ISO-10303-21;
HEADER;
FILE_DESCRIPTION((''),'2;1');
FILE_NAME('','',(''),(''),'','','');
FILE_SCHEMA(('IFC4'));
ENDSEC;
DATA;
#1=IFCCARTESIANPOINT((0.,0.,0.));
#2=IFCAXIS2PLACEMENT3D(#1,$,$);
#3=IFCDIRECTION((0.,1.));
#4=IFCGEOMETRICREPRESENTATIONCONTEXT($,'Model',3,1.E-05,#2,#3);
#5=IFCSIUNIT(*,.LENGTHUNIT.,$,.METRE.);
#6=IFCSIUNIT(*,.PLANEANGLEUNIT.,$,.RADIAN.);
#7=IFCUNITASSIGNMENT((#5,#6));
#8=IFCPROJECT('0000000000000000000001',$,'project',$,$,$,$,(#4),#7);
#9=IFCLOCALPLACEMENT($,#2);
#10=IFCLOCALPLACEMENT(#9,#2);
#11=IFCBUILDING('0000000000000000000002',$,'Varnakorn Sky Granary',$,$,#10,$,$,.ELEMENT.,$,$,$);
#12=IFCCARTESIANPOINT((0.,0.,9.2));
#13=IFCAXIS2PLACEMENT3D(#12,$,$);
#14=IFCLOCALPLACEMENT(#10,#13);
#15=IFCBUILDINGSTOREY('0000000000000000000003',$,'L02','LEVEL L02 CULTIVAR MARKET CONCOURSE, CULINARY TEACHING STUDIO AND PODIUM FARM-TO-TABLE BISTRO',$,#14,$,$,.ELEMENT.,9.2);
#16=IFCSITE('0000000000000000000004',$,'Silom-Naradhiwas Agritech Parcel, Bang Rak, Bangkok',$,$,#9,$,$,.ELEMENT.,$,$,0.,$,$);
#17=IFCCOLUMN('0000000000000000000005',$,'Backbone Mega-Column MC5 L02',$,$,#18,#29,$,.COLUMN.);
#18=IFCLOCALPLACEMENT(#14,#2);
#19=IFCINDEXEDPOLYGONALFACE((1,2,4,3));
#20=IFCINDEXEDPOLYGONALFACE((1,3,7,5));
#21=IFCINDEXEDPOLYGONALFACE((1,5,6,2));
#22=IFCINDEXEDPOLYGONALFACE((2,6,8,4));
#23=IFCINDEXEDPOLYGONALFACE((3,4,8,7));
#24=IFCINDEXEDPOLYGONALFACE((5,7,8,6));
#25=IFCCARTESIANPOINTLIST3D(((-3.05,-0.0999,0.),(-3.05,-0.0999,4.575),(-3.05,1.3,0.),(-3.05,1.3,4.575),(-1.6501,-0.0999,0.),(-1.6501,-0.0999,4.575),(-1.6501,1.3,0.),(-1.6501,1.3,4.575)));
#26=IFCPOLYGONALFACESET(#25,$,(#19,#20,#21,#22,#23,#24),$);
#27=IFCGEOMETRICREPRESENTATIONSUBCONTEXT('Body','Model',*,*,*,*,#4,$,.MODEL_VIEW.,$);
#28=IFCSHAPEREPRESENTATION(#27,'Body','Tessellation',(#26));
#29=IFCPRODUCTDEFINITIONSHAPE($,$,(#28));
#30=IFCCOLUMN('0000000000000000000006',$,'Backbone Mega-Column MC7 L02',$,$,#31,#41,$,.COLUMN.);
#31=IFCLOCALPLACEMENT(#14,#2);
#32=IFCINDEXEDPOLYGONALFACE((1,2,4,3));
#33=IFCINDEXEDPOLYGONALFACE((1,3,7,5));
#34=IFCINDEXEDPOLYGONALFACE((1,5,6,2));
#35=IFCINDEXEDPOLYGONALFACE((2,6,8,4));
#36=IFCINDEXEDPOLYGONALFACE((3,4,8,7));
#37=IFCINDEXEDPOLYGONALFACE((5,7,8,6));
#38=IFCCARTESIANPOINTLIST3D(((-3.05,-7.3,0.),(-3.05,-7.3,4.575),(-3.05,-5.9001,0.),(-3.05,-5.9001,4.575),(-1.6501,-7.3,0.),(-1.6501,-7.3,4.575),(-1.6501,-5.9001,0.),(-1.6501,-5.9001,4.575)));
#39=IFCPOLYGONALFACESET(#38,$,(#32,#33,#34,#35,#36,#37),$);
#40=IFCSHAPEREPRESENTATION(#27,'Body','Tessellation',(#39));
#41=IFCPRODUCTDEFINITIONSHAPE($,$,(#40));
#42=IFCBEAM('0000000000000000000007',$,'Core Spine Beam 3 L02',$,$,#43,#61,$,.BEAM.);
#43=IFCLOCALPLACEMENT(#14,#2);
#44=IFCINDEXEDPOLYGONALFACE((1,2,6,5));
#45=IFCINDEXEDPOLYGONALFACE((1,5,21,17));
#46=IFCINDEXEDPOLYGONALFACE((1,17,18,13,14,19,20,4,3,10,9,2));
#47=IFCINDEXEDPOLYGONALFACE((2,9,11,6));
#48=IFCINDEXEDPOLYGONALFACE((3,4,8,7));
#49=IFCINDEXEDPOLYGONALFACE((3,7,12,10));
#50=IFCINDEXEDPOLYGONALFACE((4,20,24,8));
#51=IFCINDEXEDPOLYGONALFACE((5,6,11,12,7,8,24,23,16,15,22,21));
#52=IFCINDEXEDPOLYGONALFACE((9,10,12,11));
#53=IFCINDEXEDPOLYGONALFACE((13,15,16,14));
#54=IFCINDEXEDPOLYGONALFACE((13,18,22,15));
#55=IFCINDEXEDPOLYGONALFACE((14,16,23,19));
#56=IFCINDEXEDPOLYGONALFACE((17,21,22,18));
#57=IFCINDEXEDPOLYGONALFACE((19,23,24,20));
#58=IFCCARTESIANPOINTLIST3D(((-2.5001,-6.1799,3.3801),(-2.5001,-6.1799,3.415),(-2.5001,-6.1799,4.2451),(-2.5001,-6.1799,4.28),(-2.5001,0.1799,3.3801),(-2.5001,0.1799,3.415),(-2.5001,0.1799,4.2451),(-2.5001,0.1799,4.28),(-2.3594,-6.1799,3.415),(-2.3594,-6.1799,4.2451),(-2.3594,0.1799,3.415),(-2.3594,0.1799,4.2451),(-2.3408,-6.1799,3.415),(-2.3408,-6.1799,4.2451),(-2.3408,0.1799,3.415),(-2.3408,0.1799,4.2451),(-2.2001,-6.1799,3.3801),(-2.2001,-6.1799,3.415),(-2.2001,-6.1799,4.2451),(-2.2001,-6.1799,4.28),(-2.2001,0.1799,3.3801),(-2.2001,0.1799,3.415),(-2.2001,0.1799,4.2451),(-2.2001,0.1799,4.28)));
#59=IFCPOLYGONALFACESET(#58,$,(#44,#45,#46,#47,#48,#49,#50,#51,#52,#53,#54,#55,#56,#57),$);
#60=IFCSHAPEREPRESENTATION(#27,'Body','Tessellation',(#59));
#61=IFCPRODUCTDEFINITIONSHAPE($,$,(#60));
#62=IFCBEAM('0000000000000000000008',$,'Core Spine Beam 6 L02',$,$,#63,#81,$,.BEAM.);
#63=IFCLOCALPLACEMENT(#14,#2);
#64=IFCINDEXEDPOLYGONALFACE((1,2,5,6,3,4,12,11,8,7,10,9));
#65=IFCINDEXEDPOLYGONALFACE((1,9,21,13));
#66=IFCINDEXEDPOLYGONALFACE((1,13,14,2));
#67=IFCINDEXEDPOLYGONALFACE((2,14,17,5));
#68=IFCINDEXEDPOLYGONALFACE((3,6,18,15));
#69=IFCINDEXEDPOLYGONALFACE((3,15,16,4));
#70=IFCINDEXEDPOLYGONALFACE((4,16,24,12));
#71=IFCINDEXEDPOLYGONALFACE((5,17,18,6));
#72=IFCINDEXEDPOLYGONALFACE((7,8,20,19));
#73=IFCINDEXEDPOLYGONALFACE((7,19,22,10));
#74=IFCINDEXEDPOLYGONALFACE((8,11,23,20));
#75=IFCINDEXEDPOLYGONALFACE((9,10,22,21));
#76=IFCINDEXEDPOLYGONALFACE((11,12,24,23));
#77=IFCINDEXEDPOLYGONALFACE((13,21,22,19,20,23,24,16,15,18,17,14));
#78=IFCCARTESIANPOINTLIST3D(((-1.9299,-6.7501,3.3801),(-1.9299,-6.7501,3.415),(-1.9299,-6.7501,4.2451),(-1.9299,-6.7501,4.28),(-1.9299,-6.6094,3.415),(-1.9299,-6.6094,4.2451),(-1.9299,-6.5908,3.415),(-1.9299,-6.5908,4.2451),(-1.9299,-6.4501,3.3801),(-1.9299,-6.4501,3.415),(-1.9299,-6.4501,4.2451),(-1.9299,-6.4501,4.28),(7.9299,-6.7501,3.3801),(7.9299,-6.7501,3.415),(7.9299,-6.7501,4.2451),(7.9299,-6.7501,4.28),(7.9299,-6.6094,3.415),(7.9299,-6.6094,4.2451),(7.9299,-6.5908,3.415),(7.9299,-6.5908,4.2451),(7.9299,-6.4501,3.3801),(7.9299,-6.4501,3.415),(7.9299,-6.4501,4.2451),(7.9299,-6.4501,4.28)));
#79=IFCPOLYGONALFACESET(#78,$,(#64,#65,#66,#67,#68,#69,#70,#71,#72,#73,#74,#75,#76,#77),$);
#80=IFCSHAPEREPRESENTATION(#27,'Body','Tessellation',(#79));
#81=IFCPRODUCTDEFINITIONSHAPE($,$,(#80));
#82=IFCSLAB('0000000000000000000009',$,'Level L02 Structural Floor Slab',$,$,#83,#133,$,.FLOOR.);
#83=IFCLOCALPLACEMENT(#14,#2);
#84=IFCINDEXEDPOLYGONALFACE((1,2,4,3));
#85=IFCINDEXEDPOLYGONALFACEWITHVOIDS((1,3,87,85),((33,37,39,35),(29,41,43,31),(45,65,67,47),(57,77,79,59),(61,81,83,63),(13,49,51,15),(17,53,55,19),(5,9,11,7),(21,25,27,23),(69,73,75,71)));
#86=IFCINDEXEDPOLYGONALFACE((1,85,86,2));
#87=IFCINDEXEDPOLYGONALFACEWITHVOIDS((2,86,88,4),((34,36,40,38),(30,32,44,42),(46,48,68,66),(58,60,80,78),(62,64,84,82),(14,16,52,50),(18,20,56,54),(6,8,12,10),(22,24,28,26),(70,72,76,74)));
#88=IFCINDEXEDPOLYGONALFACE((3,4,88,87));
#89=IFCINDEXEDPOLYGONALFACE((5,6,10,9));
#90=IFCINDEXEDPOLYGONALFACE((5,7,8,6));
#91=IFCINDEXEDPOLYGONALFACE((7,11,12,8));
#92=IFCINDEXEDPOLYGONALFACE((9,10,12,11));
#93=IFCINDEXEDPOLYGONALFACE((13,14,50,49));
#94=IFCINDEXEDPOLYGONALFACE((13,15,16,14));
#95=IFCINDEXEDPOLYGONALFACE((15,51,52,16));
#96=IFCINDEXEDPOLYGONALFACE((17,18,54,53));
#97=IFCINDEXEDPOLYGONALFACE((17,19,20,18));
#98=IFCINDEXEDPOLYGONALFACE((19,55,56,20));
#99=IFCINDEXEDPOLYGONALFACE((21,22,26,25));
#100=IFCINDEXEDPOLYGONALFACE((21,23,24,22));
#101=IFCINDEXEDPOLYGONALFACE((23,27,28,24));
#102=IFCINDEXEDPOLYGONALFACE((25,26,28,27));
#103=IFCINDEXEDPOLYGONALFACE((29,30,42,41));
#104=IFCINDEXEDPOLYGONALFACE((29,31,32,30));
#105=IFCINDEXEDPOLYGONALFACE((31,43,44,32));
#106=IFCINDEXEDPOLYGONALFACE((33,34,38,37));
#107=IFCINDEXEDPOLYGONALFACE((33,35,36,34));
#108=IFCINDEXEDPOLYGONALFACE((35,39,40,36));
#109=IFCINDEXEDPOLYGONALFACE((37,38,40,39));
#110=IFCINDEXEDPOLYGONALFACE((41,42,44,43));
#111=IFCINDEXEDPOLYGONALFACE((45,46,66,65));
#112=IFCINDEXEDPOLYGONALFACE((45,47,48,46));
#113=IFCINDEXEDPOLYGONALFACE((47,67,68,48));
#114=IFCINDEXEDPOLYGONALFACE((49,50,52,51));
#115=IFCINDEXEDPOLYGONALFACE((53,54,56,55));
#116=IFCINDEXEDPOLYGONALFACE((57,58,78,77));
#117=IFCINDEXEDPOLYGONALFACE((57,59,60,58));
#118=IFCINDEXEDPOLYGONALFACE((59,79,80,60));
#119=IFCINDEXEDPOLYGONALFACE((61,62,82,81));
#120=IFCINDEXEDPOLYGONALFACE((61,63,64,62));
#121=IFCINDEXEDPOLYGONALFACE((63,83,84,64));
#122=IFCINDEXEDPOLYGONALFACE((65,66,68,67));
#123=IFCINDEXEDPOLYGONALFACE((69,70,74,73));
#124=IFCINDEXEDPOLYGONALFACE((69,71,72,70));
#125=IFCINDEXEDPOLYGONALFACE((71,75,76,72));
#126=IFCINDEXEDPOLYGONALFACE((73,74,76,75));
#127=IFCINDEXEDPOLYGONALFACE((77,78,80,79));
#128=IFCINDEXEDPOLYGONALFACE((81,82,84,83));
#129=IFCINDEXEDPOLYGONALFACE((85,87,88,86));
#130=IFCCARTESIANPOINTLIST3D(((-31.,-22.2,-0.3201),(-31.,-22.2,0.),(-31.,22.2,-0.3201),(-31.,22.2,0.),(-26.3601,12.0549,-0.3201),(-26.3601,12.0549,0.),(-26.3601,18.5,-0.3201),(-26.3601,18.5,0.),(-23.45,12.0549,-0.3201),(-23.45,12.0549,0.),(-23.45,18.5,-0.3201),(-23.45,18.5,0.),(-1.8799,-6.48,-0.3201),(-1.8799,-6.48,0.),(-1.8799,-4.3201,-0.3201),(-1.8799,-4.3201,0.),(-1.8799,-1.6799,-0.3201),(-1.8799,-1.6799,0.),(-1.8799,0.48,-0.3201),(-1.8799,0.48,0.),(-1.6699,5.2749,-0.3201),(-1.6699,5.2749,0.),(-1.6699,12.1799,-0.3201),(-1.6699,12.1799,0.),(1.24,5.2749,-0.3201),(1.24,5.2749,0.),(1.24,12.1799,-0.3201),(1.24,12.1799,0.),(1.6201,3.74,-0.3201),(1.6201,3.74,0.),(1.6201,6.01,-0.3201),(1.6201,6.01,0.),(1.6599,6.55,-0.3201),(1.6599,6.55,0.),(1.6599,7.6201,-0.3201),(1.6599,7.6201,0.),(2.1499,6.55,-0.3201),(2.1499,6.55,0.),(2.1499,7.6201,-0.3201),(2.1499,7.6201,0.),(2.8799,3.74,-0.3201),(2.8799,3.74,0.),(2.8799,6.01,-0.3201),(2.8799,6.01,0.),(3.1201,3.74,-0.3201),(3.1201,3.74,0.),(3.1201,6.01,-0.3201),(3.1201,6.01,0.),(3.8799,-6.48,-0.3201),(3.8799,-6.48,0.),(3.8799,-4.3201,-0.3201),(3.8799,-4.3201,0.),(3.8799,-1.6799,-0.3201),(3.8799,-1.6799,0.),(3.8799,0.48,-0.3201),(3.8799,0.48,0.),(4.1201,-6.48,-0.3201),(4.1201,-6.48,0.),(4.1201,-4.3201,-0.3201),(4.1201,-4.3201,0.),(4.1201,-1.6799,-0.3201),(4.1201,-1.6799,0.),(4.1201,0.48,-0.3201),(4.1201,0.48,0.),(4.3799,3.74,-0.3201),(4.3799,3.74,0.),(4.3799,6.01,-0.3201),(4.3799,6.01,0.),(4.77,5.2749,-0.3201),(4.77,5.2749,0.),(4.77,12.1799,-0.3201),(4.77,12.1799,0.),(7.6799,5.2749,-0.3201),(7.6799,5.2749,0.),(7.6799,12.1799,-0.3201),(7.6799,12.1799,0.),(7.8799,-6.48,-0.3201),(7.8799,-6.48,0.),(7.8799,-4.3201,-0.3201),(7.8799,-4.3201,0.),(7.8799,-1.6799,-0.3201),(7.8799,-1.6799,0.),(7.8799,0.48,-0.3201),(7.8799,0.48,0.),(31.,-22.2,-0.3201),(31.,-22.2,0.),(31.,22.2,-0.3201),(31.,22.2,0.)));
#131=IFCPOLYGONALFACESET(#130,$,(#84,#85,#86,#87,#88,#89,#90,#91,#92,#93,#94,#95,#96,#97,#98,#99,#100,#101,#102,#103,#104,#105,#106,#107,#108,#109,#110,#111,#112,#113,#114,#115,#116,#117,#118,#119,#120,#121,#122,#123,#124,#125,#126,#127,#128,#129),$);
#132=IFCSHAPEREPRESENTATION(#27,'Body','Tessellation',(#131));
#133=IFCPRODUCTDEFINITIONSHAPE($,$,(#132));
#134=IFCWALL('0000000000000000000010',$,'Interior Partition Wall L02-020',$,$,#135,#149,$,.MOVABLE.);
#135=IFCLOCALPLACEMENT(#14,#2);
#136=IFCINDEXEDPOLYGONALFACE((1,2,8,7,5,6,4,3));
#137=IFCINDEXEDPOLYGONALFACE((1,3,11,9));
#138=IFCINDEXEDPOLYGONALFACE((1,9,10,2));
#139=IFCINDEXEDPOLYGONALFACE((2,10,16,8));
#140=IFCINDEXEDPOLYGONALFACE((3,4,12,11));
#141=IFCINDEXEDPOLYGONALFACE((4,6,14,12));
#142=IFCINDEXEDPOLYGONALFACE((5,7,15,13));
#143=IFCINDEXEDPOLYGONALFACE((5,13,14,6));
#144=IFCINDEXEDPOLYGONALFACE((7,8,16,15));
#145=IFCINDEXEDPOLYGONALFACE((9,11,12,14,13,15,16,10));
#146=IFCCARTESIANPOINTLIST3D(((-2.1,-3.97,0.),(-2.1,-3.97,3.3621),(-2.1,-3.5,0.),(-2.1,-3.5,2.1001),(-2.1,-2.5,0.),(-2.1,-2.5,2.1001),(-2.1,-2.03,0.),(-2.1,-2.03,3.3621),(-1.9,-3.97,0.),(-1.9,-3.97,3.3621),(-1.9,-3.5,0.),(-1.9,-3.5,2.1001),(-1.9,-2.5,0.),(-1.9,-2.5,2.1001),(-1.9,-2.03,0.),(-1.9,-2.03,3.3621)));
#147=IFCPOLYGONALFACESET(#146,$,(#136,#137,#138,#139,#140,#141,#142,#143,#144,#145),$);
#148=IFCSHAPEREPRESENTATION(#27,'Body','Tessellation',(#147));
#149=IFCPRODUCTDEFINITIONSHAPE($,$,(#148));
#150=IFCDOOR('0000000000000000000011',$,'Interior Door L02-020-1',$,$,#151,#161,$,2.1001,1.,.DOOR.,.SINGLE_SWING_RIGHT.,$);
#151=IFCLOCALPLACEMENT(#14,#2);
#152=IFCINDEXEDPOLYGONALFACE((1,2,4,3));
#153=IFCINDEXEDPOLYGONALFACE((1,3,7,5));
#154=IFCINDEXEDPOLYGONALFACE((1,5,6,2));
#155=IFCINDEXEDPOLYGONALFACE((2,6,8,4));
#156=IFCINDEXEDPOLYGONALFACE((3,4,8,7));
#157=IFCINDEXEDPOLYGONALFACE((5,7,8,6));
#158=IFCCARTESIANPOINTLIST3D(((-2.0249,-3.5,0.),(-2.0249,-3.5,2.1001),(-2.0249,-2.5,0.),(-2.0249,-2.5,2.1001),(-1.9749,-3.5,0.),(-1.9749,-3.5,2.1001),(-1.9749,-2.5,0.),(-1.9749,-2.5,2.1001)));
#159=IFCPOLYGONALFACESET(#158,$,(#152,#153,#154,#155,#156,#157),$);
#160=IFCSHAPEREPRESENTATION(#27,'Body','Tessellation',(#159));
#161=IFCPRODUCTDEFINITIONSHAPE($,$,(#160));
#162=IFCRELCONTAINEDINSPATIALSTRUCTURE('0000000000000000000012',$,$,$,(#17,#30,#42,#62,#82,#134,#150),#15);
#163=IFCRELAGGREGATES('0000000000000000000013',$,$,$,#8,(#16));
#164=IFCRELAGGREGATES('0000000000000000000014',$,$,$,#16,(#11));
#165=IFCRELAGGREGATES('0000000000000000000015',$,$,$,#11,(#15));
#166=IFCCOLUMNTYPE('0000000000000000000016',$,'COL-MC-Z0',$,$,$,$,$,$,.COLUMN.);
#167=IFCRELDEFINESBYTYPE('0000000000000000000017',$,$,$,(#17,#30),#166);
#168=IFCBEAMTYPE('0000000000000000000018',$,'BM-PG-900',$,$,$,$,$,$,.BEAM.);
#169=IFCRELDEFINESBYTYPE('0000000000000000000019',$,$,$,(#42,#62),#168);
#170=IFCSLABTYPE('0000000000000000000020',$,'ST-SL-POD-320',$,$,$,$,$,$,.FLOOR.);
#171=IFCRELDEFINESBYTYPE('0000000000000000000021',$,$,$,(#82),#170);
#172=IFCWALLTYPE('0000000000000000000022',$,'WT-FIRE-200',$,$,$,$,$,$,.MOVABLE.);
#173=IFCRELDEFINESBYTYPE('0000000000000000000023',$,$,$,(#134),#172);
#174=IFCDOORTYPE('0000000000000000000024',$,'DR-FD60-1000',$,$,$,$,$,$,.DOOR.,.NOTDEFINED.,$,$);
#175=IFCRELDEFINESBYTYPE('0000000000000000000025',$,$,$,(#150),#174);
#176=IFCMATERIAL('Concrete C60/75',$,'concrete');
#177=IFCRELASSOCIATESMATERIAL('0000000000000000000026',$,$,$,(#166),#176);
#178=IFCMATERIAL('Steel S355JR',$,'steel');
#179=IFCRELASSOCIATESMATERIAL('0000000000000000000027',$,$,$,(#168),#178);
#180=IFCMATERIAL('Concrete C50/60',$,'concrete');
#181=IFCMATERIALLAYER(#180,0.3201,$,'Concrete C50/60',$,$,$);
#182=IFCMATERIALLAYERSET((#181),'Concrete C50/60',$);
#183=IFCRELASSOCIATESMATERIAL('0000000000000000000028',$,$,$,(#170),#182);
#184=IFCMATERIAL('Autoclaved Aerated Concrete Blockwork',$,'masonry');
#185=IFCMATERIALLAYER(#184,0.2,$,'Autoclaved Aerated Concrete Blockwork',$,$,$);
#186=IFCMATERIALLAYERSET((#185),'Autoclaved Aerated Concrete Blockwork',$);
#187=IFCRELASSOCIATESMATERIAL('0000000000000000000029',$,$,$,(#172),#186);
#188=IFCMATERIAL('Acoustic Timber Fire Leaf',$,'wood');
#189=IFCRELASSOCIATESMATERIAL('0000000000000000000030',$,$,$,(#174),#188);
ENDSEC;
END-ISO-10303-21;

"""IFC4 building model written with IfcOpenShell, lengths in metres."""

from ifc_helpers import new_model, si_unit, direction, frame, frame_2d, origin, origin_2d, place, context, subcontext, project, spatial, polyline, rectangle, i_section, outline, extrude, material, layer, layer_set, material_profile, profile_set, type_object, element, fill, save


model = new_model("IFC4")

# Units and contexts
model_context = context("Model", 3, precision=1e-05, world=origin(), true_north=direction((0.0, 1.0)))
body_context = subcontext(model_context, "Body", "Model", "MODEL_VIEW")
ifc_project = project(units=[si_unit("LENGTHUNIT", "METRE"), si_unit("PLANEANGLEUNIT", "RADIAN")], contexts=[model_context])

# Site, building, storey
site_placement = place(None, origin())
site = spatial("IfcSite", under=ifc_project, at=site_placement, Name="Silom-Naradhiwas Agritech Parcel, Bang Rak, Bangkok", CompositionType="ELEMENT", RefElevation=0.0)
building_placement = place(site_placement, origin())
building = spatial("IfcBuilding", under=site, at=building_placement, Name="Varnakorn Sky Granary", CompositionType="ELEMENT")
storey_placement = place(building_placement, frame((0.0, 0.0, 9.2)))
storey = spatial("IfcBuildingStorey", under=building, at=storey_placement, Name="L02", Description="LEVEL L02 CULTIVAR MARKET CONCOURSE, CULINARY TEACHING STUDIO AND PODIUM FARM-TO-TABLE BISTRO", CompositionType="ELEMENT", Elevation=9.2)

# Columns
ifc_material_1 = material(Name="Concrete C60/75", Category="concrete")
ifc_material_profile_1 = material_profile(ifc_material_1, rectangle(XDim=1.3999, YDim=1.3999, at=origin_2d()), Name="RC 1400x1400")
ifc_profile_set_1 = profile_set([ifc_material_profile_1], Name="Concrete C60/75")
column_type = type_object("IfcColumnType", Name="COL-MC-Z0", PredefinedType="COLUMN", material=ifc_profile_set_1)
for number, where, z_axis, x_axis, name in (
    (1, (-2.3501, 0.6001, 0.0), (0.0, 0.0, 1.0), (1.0, 0.0, 0.0), "Backbone Mega-Column MC5 L02"),
    (2, (-2.3501, -6.6001, 0.0), (0.0, 0.0, 1.0), (1.0, 0.0, 0.0), "Backbone Mega-Column MC7 L02"),
):
    element("IfcColumn", number, at=place(storey_placement, frame(where, z_axis=z_axis, x_axis=x_axis)), inside=storey, type_object=column_type, Name=name, PredefinedType="COLUMN", context=body_context, shape_type="SweptSolid", body=[
        extrude(rectangle(XDim=1.3999, YDim=1.3999, at=origin_2d()), origin(), (0.0, 0.0, 1.0), 4.575),
    ])

# Beams
ifc_material_2 = material(Name="Steel S355JR", Category="steel")
ifc_material_profile_2 = material_profile(ifc_material_2, i_section(OverallWidth=0.3, OverallDepth=0.8999, WebThickness=0.0186, FlangeThickness=0.0349, at=origin_2d()), Name="HE 900 B")
ifc_profile_set_2 = profile_set([ifc_material_profile_2], Name="Steel S355JR")
beam_type = type_object("IfcBeamType", Name="BM-PG-900", PredefinedType="BEAM", material=ifc_profile_set_2)
beam_1_placement = place(storey_placement, frame((-2.3501, 0.1799, 3.8301), z_axis=(0.0, -1.0, 0.0), x_axis=(1.0, 0.0, 0.0)))
element("IfcBeam", 3, at=beam_1_placement, inside=storey, type_object=beam_type, Name="Core Spine Beam 3 L02", PredefinedType="BEAM", context=body_context, shape_type="SweptSolid", body=[
    extrude(i_section(OverallWidth=0.3, OverallDepth=0.8999, WebThickness=0.0186, FlangeThickness=0.0349, at=origin_2d()), origin(), (0.0, 0.0, 1.0), 6.3599),
])
beam_2_placement = place(storey_placement, frame((-1.9299, -6.6001, 3.8301), z_axis=(1.0, 0.0, 0.0), x_axis=(0.0, 1.0, 0.0)))
element("IfcBeam", 4, at=beam_2_placement, inside=storey, type_object=beam_type, Name="Core Spine Beam 6 L02", PredefinedType="BEAM", context=body_context, shape_type="SweptSolid", body=[
    extrude(i_section(OverallWidth=0.3, OverallDepth=0.8999, WebThickness=0.0186, FlangeThickness=0.0349, at=origin_2d()), origin(), (0.0, 0.0, 1.0), 9.8599),
])

# Slab
ifc_material_3 = material(Name="Concrete C50/60", Category="concrete")
ifc_layer_1 = layer(ifc_material_3, 0.3201, Name="Concrete C50/60")
ifc_layer_set_1 = layer_set([ifc_layer_1], Name="Concrete C50/60")
slab_type = type_object("IfcSlabType", Name="ST-SL-POD-320", PredefinedType="FLOOR", material=ifc_layer_set_1)
slab_placement = place(storey_placement, frame((0.0, 0.0, -0.3201)))
element("IfcSlab", 5, at=slab_placement, inside=storey, type_object=slab_type, Name="Level L02 Structural Floor Slab", PredefinedType="FLOOR", context=body_context, shape_type="SweptSolid", body=[
    extrude(outline(polyline([(-31.0, -22.2), (31.0, -22.2), (31.0, 22.2), (-31.0, 22.2), (-31.0, -22.2)]), holes=[polyline([(1.24, 5.2749), (1.24, 12.1799), (-1.6699, 12.1799), (-1.6699, 5.2749), (1.24, 5.2749)]), polyline([(7.6799, 5.2749), (7.6799, 12.1799), (4.77, 12.1799), (4.77, 5.2749), (7.6799, 5.2749)]), polyline([(-23.45, 12.0549), (-23.45, 18.5), (-26.3601, 18.5), (-26.3601, 12.0549), (-23.45, 12.0549)]), polyline([(1.6599, 6.55), (2.1499, 6.55), (2.1499, 7.6201), (1.6599, 7.6201), (1.6599, 6.55)]), polyline([(1.6201, 3.74), (2.8799, 3.74), (2.8799, 6.01), (1.6201, 6.01), (1.6201, 3.74)]), polyline([(3.1201, 3.74), (4.3799, 3.74), (4.3799, 6.01), (3.1201, 6.01), (3.1201, 3.74)]), polyline([(-1.8799, -1.6799), (3.8799, -1.6799), (3.8799, 0.48), (-1.8799, 0.48), (-1.8799, -1.6799)]), polyline([(4.1201, -1.6799), (7.8799, -1.6799), (7.8799, 0.48), (4.1201, 0.48), (4.1201, -1.6799)]), polyline([(-1.8799, -6.48), (3.8799, -6.48), (3.8799, -4.3201), (-1.8799, -4.3201), (-1.8799, -6.48)]), polyline([(4.1201, -6.48), (7.8799, -6.48), (7.8799, -4.3201), (4.1201, -4.3201), (4.1201, -6.48)])]), origin(), (0.0, 0.0, 1.0), 0.3201),
])

# Wall, opening, door
ifc_material_4 = material(Name="Autoclaved Aerated Concrete Blockwork", Category="masonry")
ifc_layer_2 = layer(ifc_material_4, 0.2, Name="Autoclaved Aerated Concrete Blockwork")
ifc_layer_set_2 = layer_set([ifc_layer_2], Name="Autoclaved Aerated Concrete Blockwork")
wall_type_1 = type_object("IfcWallType", Name="WT-FIRE-200", PredefinedType="MOVABLE", material=ifc_layer_set_2)
wall_1_placement = place(storey_placement, frame((-2.0, -3.97, 0.0), z_axis=(0.0, 0.0, 1.0), x_axis=(0.0, 1.0, 0.0)))
wall_1 = element("IfcWall", 6, at=wall_1_placement, inside=storey, type_object=wall_type_1, Name="Interior Partition Wall L02-020", PredefinedType="MOVABLE", context=body_context, shape_type="SweptSolid", body=[
    extrude(rectangle(XDim=1.9399, YDim=0.2, at=frame_2d((0.97, 0.0))), origin(), (0.0, 0.0, 1.0), 3.3621),
])
opening_1_placement = place(wall_1_placement, frame((0.47, 0.0, 0.0)))
opening_1 = element("IfcOpeningElement", 7, at=opening_1_placement, cuts=wall_1, PredefinedType="OPENING", context=body_context, shape_type="SweptSolid", body=[
    extrude(rectangle(XDim=1.0, YDim=2.1001, at=frame_2d((0.5, 1.05))), frame((0.0, 0.1099, 0.0), z_axis=(0.0, -1.0, 0.0), x_axis=(1.0, 0.0, 0.0)), (0.0, 0.0, 1.0), 0.22),
])
ifc_material_5 = material(Name="Acoustic Timber Fire Leaf", Category="wood")
door_type_1 = type_object("IfcDoorType", Name="DR-FD60-1000", OperationType="NOTDEFINED", PredefinedType="DOOR", material=ifc_material_5)
door_1_placement = place(opening_1_placement, origin())
door_1 = element("IfcDoor", 8, at=door_1_placement, inside=storey, type_object=door_type_1, Name="Interior Door L02-020-1", OperationType="SINGLE_SWING_RIGHT", OverallHeight=2.1001, OverallWidth=1.0, PredefinedType="DOOR", context=body_context, shape_type="SweptSolid", body=[
    extrude(rectangle(XDim=1.0, YDim=2.1001, at=frame_2d((0.5, 1.05))), frame((0.0, 0.0249, 0.0), z_axis=(0.0, -1.0, 0.0), x_axis=(1.0, 0.0, 0.0)), (0.0, 0.0, 1.0), 0.05),
])
fill(opening_1, door_1)

save(model, "model.ifc")
